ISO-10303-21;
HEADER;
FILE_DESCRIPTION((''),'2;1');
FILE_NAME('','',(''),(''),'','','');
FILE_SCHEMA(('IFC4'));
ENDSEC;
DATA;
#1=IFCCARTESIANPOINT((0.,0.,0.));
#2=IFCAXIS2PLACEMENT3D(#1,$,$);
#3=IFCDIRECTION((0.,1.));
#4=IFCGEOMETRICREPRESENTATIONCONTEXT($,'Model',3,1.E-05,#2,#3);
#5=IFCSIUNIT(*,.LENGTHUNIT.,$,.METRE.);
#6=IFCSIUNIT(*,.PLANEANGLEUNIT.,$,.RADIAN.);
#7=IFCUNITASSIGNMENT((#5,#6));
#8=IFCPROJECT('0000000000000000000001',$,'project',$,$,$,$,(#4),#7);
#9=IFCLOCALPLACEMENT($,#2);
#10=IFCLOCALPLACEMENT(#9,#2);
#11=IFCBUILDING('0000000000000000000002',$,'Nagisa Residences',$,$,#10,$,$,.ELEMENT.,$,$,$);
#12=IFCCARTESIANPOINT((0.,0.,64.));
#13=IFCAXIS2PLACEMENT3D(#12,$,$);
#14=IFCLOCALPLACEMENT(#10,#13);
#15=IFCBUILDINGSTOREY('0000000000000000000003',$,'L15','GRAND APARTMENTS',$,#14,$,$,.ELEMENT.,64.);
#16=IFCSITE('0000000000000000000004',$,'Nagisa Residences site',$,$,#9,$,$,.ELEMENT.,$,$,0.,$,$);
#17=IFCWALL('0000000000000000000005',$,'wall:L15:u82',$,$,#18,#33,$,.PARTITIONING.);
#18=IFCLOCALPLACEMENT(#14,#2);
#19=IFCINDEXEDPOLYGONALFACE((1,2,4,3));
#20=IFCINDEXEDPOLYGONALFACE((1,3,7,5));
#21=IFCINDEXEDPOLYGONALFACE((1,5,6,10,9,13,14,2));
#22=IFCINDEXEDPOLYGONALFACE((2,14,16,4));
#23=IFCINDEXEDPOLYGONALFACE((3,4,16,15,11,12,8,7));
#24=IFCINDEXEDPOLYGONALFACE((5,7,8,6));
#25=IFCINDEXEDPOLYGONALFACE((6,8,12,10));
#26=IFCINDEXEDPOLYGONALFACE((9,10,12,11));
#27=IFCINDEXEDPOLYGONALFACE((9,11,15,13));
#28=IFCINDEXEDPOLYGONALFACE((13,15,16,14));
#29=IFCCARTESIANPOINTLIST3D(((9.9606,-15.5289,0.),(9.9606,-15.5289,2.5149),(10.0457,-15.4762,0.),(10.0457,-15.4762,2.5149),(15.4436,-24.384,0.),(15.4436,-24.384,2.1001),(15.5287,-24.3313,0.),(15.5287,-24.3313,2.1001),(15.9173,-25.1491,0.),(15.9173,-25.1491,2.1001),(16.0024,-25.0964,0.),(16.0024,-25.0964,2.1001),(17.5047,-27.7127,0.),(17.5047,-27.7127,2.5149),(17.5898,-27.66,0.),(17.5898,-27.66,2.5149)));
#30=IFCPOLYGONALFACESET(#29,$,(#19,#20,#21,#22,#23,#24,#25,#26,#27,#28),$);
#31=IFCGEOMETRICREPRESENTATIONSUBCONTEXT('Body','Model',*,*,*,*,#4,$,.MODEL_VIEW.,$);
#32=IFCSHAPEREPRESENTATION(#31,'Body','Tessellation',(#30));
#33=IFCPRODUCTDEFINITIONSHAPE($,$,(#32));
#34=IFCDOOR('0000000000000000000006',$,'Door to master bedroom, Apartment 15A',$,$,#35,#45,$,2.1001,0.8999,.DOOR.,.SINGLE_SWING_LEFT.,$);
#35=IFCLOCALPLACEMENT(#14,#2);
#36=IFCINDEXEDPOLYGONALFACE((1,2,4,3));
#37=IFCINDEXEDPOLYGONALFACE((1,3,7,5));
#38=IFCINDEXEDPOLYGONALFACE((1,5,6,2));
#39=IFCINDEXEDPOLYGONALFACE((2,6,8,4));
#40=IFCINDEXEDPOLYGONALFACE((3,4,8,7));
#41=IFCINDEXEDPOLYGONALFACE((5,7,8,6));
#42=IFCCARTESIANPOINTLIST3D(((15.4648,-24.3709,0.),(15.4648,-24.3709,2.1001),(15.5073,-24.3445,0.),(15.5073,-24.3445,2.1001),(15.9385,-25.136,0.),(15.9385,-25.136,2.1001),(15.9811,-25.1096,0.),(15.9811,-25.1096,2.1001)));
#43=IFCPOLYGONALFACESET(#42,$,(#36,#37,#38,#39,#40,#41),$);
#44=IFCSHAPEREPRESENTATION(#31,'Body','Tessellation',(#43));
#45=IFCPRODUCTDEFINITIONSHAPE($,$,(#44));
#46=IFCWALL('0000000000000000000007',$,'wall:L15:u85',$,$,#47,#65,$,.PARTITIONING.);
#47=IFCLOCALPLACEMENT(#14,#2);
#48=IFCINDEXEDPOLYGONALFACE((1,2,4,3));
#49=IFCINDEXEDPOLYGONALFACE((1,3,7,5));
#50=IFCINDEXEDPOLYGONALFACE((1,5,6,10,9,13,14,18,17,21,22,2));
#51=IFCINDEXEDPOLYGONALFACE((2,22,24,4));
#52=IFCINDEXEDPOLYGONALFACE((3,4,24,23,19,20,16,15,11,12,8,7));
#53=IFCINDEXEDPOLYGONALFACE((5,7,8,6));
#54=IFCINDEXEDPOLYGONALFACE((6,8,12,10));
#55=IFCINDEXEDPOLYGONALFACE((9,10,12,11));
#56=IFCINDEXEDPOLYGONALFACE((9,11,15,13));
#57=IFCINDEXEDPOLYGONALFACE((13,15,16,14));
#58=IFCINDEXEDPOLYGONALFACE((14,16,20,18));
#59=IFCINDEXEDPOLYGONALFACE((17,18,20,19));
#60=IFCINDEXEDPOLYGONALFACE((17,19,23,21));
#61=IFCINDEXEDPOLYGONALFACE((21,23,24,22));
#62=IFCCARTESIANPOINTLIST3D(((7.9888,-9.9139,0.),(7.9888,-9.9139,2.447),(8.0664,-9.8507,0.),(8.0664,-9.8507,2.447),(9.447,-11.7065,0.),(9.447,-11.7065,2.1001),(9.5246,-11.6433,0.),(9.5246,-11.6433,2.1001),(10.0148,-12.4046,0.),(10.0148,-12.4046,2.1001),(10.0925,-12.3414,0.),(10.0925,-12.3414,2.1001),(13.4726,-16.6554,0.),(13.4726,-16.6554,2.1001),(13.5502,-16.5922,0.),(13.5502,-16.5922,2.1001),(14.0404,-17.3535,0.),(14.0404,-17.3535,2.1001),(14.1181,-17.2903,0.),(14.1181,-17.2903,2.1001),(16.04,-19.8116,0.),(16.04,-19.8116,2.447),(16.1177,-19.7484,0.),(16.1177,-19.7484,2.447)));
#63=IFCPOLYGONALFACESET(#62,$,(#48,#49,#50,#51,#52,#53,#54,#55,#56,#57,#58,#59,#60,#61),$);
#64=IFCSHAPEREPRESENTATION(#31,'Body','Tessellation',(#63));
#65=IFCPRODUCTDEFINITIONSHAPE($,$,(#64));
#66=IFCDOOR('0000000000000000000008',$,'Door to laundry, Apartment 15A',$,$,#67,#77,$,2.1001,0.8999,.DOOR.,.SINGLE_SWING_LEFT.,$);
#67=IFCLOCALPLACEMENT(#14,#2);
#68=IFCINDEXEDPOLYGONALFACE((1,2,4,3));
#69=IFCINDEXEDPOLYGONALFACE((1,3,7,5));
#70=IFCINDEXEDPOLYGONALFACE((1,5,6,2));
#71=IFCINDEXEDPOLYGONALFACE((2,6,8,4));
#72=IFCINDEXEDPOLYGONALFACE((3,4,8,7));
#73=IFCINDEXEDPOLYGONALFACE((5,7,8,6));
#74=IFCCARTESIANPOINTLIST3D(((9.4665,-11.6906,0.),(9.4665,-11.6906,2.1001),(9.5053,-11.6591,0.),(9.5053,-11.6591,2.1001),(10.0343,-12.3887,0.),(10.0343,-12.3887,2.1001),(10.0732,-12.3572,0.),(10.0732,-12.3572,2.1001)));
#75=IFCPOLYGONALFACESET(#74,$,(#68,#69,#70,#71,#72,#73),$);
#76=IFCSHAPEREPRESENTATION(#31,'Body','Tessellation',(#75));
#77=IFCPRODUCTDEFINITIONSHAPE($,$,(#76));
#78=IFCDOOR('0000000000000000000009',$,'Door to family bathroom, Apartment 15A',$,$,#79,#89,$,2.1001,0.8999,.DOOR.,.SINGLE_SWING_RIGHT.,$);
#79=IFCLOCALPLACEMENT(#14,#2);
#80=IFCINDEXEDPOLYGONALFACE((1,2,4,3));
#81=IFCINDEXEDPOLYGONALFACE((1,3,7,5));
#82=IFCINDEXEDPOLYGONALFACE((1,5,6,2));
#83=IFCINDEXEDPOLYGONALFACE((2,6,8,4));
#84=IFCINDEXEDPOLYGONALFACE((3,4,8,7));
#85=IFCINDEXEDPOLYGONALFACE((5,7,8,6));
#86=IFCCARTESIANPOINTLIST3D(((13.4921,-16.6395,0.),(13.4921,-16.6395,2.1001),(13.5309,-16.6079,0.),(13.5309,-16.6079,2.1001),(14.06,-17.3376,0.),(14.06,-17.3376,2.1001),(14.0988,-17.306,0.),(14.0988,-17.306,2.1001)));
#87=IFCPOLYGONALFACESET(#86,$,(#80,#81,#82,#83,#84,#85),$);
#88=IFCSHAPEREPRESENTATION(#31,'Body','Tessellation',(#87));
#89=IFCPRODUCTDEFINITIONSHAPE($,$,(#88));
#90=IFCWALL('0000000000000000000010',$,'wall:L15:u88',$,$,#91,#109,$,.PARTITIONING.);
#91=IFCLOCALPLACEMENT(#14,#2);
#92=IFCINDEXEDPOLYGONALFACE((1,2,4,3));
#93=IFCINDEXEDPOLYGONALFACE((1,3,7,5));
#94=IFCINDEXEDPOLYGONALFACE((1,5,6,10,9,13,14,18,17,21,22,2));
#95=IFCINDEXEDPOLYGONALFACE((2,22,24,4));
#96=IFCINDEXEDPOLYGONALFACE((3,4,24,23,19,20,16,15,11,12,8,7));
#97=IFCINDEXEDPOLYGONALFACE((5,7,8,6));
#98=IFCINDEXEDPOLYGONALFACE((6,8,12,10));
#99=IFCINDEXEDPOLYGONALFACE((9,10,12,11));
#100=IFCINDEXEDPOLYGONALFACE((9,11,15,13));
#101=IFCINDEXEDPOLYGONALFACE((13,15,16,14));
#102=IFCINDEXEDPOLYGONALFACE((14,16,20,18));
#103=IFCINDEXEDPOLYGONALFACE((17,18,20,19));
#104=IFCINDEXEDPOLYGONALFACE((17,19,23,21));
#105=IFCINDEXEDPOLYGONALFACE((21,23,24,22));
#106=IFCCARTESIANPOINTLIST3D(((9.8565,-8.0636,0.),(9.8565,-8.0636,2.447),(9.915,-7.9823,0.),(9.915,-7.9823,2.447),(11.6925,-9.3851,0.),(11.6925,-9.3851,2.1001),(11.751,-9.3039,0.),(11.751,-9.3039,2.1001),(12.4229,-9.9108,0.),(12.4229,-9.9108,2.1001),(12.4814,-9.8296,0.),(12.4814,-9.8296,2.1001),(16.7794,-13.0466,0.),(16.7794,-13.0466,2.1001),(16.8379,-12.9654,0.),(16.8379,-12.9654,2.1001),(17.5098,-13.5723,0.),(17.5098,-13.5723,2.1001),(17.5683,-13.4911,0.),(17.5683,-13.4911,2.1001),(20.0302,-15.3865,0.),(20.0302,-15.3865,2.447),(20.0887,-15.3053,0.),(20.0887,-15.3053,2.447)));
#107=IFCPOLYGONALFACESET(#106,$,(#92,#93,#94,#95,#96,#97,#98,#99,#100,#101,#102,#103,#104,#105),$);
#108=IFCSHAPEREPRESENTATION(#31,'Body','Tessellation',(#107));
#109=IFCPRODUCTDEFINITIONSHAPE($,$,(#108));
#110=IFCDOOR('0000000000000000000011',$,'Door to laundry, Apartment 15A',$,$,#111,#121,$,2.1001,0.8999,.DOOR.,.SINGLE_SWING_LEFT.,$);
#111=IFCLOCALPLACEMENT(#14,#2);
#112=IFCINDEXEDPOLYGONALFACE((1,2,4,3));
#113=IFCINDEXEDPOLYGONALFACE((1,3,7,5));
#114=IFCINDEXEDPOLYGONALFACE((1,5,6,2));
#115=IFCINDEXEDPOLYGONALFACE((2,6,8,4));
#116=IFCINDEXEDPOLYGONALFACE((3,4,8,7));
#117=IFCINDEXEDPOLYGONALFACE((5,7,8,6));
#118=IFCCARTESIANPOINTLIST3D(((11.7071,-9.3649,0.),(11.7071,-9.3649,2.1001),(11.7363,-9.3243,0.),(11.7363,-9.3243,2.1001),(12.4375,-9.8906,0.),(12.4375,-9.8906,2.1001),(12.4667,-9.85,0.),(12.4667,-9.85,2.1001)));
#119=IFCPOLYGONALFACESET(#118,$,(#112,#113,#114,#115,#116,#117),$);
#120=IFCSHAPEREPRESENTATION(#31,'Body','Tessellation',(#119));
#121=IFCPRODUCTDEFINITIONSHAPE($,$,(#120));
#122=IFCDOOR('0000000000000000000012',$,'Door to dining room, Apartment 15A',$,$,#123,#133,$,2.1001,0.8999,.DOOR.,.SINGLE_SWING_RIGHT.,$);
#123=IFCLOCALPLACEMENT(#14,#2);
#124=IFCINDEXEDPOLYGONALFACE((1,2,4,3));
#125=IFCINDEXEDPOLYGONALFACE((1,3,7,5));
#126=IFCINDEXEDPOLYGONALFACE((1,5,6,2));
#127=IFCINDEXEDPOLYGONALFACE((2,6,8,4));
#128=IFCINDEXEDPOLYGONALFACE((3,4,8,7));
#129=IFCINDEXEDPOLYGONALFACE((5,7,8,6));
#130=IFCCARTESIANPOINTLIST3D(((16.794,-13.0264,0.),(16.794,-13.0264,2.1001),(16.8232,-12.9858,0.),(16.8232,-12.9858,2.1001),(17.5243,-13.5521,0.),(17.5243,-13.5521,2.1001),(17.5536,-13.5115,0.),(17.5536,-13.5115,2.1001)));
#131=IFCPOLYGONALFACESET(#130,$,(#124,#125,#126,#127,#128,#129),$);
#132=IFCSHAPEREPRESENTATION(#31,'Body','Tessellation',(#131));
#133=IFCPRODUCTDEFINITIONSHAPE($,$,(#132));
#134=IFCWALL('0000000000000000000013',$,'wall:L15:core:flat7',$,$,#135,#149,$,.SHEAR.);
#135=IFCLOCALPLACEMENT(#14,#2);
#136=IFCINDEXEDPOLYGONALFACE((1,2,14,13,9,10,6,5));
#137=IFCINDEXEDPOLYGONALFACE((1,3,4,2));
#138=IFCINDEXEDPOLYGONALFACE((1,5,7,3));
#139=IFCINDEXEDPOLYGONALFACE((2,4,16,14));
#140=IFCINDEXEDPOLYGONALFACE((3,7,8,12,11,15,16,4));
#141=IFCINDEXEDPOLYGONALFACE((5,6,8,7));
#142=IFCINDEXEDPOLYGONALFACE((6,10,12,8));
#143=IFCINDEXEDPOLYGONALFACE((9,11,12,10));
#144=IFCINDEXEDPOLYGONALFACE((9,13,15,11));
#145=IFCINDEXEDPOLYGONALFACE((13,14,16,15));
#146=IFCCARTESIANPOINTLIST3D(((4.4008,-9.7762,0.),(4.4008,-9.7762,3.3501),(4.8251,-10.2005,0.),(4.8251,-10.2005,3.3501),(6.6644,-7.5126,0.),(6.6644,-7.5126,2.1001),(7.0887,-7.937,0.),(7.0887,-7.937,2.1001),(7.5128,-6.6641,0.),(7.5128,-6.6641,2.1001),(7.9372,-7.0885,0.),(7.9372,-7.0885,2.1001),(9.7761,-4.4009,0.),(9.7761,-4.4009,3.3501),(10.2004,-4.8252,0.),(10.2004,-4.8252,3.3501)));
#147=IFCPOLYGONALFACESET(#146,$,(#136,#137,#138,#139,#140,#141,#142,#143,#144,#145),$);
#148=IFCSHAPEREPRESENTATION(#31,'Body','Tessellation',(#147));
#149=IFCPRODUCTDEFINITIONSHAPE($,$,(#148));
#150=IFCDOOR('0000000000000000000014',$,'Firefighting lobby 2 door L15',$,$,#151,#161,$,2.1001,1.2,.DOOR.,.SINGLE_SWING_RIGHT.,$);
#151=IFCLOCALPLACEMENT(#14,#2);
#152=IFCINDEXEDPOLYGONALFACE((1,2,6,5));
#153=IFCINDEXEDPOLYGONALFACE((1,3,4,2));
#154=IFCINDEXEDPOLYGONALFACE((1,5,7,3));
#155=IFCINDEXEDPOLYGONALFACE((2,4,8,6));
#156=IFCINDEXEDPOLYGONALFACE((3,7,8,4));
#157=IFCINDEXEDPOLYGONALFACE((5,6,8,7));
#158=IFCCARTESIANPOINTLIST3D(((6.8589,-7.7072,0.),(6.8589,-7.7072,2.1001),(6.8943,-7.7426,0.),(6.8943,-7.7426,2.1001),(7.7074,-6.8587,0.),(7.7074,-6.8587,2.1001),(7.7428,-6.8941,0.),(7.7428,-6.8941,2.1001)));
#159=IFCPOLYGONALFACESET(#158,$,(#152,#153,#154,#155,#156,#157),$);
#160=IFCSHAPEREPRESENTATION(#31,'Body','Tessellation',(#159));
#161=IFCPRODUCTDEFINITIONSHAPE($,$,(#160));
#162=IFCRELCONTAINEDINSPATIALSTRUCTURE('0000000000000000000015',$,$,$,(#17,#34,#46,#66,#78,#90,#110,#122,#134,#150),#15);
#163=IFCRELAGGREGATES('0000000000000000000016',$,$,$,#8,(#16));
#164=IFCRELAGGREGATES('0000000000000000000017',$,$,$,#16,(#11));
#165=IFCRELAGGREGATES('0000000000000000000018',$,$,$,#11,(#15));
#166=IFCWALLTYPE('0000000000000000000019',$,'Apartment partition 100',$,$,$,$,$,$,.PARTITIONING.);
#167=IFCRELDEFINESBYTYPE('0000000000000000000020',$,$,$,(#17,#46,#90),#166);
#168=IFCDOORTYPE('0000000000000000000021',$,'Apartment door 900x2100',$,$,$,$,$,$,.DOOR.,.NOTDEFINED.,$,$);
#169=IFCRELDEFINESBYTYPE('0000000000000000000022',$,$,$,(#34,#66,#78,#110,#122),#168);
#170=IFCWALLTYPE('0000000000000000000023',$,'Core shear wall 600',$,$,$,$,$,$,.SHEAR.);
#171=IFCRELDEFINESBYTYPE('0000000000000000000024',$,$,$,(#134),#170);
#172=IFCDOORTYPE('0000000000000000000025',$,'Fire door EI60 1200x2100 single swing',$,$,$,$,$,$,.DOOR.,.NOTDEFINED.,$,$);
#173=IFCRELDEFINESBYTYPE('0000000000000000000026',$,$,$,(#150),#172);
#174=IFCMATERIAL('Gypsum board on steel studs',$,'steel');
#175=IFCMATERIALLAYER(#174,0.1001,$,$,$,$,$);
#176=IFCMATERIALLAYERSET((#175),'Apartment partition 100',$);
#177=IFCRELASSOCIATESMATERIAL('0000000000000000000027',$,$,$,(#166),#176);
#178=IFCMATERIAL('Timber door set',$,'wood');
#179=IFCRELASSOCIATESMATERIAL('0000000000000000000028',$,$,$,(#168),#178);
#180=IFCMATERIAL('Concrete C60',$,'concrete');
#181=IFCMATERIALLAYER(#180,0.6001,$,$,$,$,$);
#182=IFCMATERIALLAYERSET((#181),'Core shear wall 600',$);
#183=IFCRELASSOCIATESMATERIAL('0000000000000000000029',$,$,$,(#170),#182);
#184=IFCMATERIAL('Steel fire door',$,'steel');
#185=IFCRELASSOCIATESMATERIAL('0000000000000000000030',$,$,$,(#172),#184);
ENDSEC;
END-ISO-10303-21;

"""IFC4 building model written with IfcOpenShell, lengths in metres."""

from ifc_helpers import new_model, si_unit, direction, frame, frame_2d, origin, place, context, subcontext, project, spatial, rectangle, extrude, material, layer, layer_set, type_object, element, fill, save


model = new_model("IFC4")

# Units and contexts
model_context = context("Model", 3, precision=1e-05, world=origin(), true_north=direction((0.0, 1.0)))
body_context = subcontext(model_context, "Body", "Model", "MODEL_VIEW")
ifc_project = project(units=[si_unit("LENGTHUNIT", "METRE"), si_unit("PLANEANGLEUNIT", "RADIAN")], contexts=[model_context])

# Site, building, storey
site_placement = place(None, origin())
site = spatial("IfcSite", under=ifc_project, at=site_placement, Name="Nagisa Residences site", CompositionType="ELEMENT", RefElevation=0.0)
building_placement = place(site_placement, origin())
building = spatial("IfcBuilding", under=site, at=building_placement, Name="Nagisa Residences", CompositionType="ELEMENT")
storey_placement = place(building_placement, frame((0.0, 0.0, 64.0)))
storey = spatial("IfcBuildingStorey", under=building, at=storey_placement, Name="L15", Description="GRAND APARTMENTS", CompositionType="ELEMENT", Elevation=64.0)

# Shared definitions
ifc_material_1 = material(Name="Gypsum board on steel studs", Category="steel")
ifc_layer_1 = layer(ifc_material_1, 0.1001)
ifc_layer_set_1 = layer_set([ifc_layer_1], Name="Apartment partition 100")
wall_type_1 = type_object("IfcWallType", Name="Apartment partition 100", PredefinedType="PARTITIONING", material=ifc_layer_set_1)
ifc_material_2 = material(Name="Timber door set", Category="wood")
door_type_1 = type_object("IfcDoorType", Name="Apartment door 900x2100", OperationType="NOTDEFINED", PredefinedType="DOOR", material=ifc_material_2)

# Wall, opening, door
wall_1_placement = place(storey_placement, frame((10.0032, -15.5027, 0.0), z_axis=(0.0, 0.0, 1.0), x_axis=(0.526446, -0.850209, 0.0)))
wall_1 = element("IfcWall", 1, at=wall_1_placement, inside=storey, type_object=wall_type_1, Name="wall:L15:u82", PredefinedType="PARTITIONING", context=body_context, shape_type="SweptSolid", body=[
    extrude(rectangle(XDim=14.3303, YDim=0.1001, at=frame_2d((7.165, 0.0))), origin(), (0.0, 0.0, 1.0), 2.5149),
])
opening_1_placement = place(wall_1_placement, frame((10.415, 0.0, 0.0)))
opening_1 = element("IfcOpeningElement", 2, at=opening_1_placement, cuts=wall_1, PredefinedType="OPENING", context=body_context, shape_type="SweptSolid", body=[
    extrude(rectangle(XDim=0.8999, YDim=2.1001, at=frame_2d((0.45, 1.05))), frame((0.0, 0.0601, 0.0), z_axis=(0.0, -1.0, 0.0), x_axis=(1.0, 0.0, 0.0)), (0.0, 0.0, 1.0), 0.1201),
])
door_1_placement = place(opening_1_placement, origin())
door_1 = element("IfcDoor", 3, at=door_1_placement, inside=storey, type_object=door_type_1, Name="Door to master bedroom, Apartment 15A", OperationType="SINGLE_SWING_LEFT", OverallHeight=2.1001, OverallWidth=0.8999, PredefinedType="DOOR", context=body_context, shape_type="SweptSolid", body=[
    extrude(rectangle(XDim=0.8999, YDim=2.1001, at=frame_2d((0.45, 1.05))), frame((0.0, 0.0249, 0.0), z_axis=(0.0, -1.0, 0.0), x_axis=(1.0, 0.0, 0.0)), (0.0, 0.0, 1.0), 0.05),
])
fill(opening_1, door_1)

# Walls, openings, doors
wall_2_placement = place(storey_placement, frame((8.0276, -9.8823, 0.0), z_axis=(0.0, 0.0, 1.0), x_axis=(0.631036, -0.775754, 0.0)))
wall_2 = element("IfcWall", 4, at=wall_2_placement, inside=storey, type_object=wall_type_1, Name="wall:L15:u85", PredefinedType="PARTITIONING", context=body_context, shape_type="SweptSolid", body=[
    extrude(rectangle(XDim=12.7588, YDim=0.1001, at=frame_2d((6.3794, 0.0))), origin(), (0.0, 0.0, 1.0), 2.447),
])
opening_2_placement = place(wall_2_placement, frame((2.3108, 0.0, 0.0)))
opening_2 = element("IfcOpeningElement", 5, at=opening_2_placement, cuts=wall_2, PredefinedType="OPENING", context=body_context, shape_type="SweptSolid", body=[
    extrude(rectangle(XDim=0.8999, YDim=2.1001, at=frame_2d((0.45, 1.05))), frame((0.0, 0.0601, 0.0), z_axis=(0.0, -1.0, 0.0), x_axis=(1.0, 0.0, 0.0)), (0.0, 0.0, 1.0), 0.1201),
])
opening_3_placement = place(wall_2_placement, frame((8.6902, 0.0, 0.0)))
opening_3 = element("IfcOpeningElement", 6, at=opening_3_placement, cuts=wall_2, PredefinedType="OPENING", context=body_context, shape_type="SweptSolid", body=[
    extrude(rectangle(XDim=0.8999, YDim=2.1001, at=frame_2d((0.45, 1.05))), frame((0.0, 0.0601, 0.0), z_axis=(0.0, -1.0, 0.0), x_axis=(1.0, 0.0, 0.0)), (0.0, 0.0, 1.0), 0.1201),
])
door_2_placement = place(opening_2_placement, frame((0.8999, 0.0, 0.0), x_axis=(-1.0, 0.0, 0.0)))
door_2 = element("IfcDoor", 7, at=door_2_placement, inside=storey, type_object=door_type_1, Name="Door to laundry, Apartment 15A", OperationType="SINGLE_SWING_LEFT", OverallHeight=2.1001, OverallWidth=0.8999, PredefinedType="DOOR", context=body_context, shape_type="SweptSolid", body=[
    extrude(rectangle(XDim=0.8999, YDim=2.1001, at=frame_2d((0.45, 1.05))), frame((0.0, 0.0249, 0.0), z_axis=(0.0, -1.0, 0.0), x_axis=(1.0, 0.0, 0.0)), (0.0, 0.0, 1.0), 0.05),
])
fill(opening_2, door_2)
door_3_placement = place(opening_3_placement, frame((0.8999, 0.0, 0.0), x_axis=(-1.0, 0.0, 0.0)))
door_3 = element("IfcDoor", 8, at=door_3_placement, inside=storey, type_object=door_type_1, Name="Door to family bathroom, Apartment 15A", OperationType="SINGLE_SWING_RIGHT", OverallHeight=2.1001, OverallWidth=0.8999, PredefinedType="DOOR", context=body_context, shape_type="SweptSolid", body=[
    extrude(rectangle(XDim=0.8999, YDim=2.1001, at=frame_2d((0.45, 1.05))), frame((0.0, 0.0249, 0.0), z_axis=(0.0, -1.0, 0.0), x_axis=(1.0, 0.0, 0.0)), (0.0, 0.0, 1.0), 0.05),
])
fill(opening_3, door_3)
wall_3_placement = place(storey_placement, frame((9.8857, -8.0229, 0.0), z_axis=(0.0, 0.0, 1.0), x_axis=(0.811616, -0.584191, 0.0)))
wall_3 = element("IfcWall", 9, at=wall_3_placement, inside=storey, type_object=wall_type_1, Name="wall:L15:u88", PredefinedType="PARTITIONING", context=body_context, shape_type="SweptSolid", body=[
    extrude(rectangle(XDim=12.5352, YDim=0.1001, at=frame_2d((6.2676, 0.0))), origin(), (0.0, 0.0, 1.0), 2.447),
])
opening_4_placement = place(wall_3_placement, frame((2.2622, 0.0, 0.0)))
opening_4 = element("IfcOpeningElement", 10, at=opening_4_placement, cuts=wall_3, PredefinedType="OPENING", context=body_context, shape_type="SweptSolid", body=[
    extrude(rectangle(XDim=0.8999, YDim=2.1001, at=frame_2d((0.45, 1.05))), frame((0.0, 0.0601, 0.0), z_axis=(0.0, -1.0, 0.0), x_axis=(1.0, 0.0, 0.0)), (0.0, 0.0, 1.0), 0.1201),
])
opening_5_placement = place(wall_3_placement, frame((8.5298, 0.0, 0.0)))
opening_5 = element("IfcOpeningElement", 11, at=opening_5_placement, cuts=wall_3, PredefinedType="OPENING", context=body_context, shape_type="SweptSolid", body=[
    extrude(rectangle(XDim=0.8999, YDim=2.1001, at=frame_2d((0.45, 1.05))), frame((0.0, 0.0601, 0.0), z_axis=(0.0, -1.0, 0.0), x_axis=(1.0, 0.0, 0.0)), (0.0, 0.0, 1.0), 0.1201),
])
door_4_placement = place(opening_4_placement, origin())
door_4 = element("IfcDoor", 12, at=door_4_placement, inside=storey, type_object=door_type_1, Name="Door to laundry, Apartment 15A", OperationType="SINGLE_SWING_LEFT", OverallHeight=2.1001, OverallWidth=0.8999, PredefinedType="DOOR", context=body_context, shape_type="SweptSolid", body=[
    extrude(rectangle(XDim=0.8999, YDim=2.1001, at=frame_2d((0.45, 1.05))), frame((0.0, 0.0249, 0.0), z_axis=(0.0, -1.0, 0.0), x_axis=(1.0, 0.0, 0.0)), (0.0, 0.0, 1.0), 0.05),
])
fill(opening_4, door_4)
door_5_placement = place(opening_5_placement, origin())
door_5 = element("IfcDoor", 13, at=door_5_placement, inside=storey, type_object=door_type_1, Name="Door to dining room, Apartment 15A", OperationType="SINGLE_SWING_RIGHT", OverallHeight=2.1001, OverallWidth=0.8999, PredefinedType="DOOR", context=body_context, shape_type="SweptSolid", body=[
    extrude(rectangle(XDim=0.8999, YDim=2.1001, at=frame_2d((0.45, 1.05))), frame((0.0, 0.0249, 0.0), z_axis=(0.0, -1.0, 0.0), x_axis=(1.0, 0.0, 0.0)), (0.0, 0.0, 1.0), 0.05),
])
fill(opening_5, door_5)

# Wall, opening, door
ifc_material_3 = material(Name="Concrete C60", Category="concrete")
ifc_layer_2 = layer(ifc_material_3, 0.6001)
ifc_layer_set_2 = layer_set([ifc_layer_2], Name="Core shear wall 600")
wall_type_2 = type_object("IfcWallType", Name="Core shear wall 600", PredefinedType="SHEAR", material=ifc_layer_set_2)
wall_4_placement = place(storey_placement, frame((4.613, -9.9883, 0.0), z_axis=(0.0, 0.0, 1.0), x_axis=(0.707107, 0.707107, 0.0)))
wall_4 = element("IfcWall", 14, at=wall_4_placement, inside=storey, type_object=wall_type_2, Name="wall:L15:core:flat7", PredefinedType="SHEAR", context=body_context, shape_type="SweptSolid", body=[
    extrude(rectangle(XDim=7.6018, YDim=0.6001, at=frame_2d((3.8008, 0.0))), origin(), (0.0, 0.0, 1.0), 3.3501),
])
opening_6_placement = place(wall_4_placement, frame((3.2009, 0.0, 0.0)))
opening_6 = element("IfcOpeningElement", 15, at=opening_6_placement, cuts=wall_4, PredefinedType="OPENING", context=body_context, shape_type="SweptSolid", body=[
    extrude(rectangle(XDim=1.2, YDim=2.1001, at=frame_2d((0.6001, 1.05))), frame((0.0, 0.3101, 0.0), z_axis=(0.0, -1.0, 0.0), x_axis=(1.0, 0.0, 0.0)), (0.0, 0.0, 1.0), 0.6201),
])
ifc_material_4 = material(Name="Steel fire door", Category="steel")
door_type_2 = type_object("IfcDoorType", Name="Fire door EI60 1200x2100 single swing", OperationType="NOTDEFINED", PredefinedType="DOOR", material=ifc_material_4)
door_6_placement = place(opening_6_placement, origin())
door_6 = element("IfcDoor", 16, at=door_6_placement, inside=storey, type_object=door_type_2, Name="Firefighting lobby 2 door L15", OperationType="SINGLE_SWING_RIGHT", OverallHeight=2.1001, OverallWidth=1.2, PredefinedType="DOOR", context=body_context, shape_type="SweptSolid", body=[
    extrude(rectangle(XDim=1.2, YDim=2.1001, at=frame_2d((0.6001, 1.05))), frame((0.0, 0.0249, 0.0), z_axis=(0.0, -1.0, 0.0), x_axis=(1.0, 0.0, 0.0)), (0.0, 0.0, 1.0), 0.05),
])
fill(opening_6, door_6)

save(model, "model.ifc")
